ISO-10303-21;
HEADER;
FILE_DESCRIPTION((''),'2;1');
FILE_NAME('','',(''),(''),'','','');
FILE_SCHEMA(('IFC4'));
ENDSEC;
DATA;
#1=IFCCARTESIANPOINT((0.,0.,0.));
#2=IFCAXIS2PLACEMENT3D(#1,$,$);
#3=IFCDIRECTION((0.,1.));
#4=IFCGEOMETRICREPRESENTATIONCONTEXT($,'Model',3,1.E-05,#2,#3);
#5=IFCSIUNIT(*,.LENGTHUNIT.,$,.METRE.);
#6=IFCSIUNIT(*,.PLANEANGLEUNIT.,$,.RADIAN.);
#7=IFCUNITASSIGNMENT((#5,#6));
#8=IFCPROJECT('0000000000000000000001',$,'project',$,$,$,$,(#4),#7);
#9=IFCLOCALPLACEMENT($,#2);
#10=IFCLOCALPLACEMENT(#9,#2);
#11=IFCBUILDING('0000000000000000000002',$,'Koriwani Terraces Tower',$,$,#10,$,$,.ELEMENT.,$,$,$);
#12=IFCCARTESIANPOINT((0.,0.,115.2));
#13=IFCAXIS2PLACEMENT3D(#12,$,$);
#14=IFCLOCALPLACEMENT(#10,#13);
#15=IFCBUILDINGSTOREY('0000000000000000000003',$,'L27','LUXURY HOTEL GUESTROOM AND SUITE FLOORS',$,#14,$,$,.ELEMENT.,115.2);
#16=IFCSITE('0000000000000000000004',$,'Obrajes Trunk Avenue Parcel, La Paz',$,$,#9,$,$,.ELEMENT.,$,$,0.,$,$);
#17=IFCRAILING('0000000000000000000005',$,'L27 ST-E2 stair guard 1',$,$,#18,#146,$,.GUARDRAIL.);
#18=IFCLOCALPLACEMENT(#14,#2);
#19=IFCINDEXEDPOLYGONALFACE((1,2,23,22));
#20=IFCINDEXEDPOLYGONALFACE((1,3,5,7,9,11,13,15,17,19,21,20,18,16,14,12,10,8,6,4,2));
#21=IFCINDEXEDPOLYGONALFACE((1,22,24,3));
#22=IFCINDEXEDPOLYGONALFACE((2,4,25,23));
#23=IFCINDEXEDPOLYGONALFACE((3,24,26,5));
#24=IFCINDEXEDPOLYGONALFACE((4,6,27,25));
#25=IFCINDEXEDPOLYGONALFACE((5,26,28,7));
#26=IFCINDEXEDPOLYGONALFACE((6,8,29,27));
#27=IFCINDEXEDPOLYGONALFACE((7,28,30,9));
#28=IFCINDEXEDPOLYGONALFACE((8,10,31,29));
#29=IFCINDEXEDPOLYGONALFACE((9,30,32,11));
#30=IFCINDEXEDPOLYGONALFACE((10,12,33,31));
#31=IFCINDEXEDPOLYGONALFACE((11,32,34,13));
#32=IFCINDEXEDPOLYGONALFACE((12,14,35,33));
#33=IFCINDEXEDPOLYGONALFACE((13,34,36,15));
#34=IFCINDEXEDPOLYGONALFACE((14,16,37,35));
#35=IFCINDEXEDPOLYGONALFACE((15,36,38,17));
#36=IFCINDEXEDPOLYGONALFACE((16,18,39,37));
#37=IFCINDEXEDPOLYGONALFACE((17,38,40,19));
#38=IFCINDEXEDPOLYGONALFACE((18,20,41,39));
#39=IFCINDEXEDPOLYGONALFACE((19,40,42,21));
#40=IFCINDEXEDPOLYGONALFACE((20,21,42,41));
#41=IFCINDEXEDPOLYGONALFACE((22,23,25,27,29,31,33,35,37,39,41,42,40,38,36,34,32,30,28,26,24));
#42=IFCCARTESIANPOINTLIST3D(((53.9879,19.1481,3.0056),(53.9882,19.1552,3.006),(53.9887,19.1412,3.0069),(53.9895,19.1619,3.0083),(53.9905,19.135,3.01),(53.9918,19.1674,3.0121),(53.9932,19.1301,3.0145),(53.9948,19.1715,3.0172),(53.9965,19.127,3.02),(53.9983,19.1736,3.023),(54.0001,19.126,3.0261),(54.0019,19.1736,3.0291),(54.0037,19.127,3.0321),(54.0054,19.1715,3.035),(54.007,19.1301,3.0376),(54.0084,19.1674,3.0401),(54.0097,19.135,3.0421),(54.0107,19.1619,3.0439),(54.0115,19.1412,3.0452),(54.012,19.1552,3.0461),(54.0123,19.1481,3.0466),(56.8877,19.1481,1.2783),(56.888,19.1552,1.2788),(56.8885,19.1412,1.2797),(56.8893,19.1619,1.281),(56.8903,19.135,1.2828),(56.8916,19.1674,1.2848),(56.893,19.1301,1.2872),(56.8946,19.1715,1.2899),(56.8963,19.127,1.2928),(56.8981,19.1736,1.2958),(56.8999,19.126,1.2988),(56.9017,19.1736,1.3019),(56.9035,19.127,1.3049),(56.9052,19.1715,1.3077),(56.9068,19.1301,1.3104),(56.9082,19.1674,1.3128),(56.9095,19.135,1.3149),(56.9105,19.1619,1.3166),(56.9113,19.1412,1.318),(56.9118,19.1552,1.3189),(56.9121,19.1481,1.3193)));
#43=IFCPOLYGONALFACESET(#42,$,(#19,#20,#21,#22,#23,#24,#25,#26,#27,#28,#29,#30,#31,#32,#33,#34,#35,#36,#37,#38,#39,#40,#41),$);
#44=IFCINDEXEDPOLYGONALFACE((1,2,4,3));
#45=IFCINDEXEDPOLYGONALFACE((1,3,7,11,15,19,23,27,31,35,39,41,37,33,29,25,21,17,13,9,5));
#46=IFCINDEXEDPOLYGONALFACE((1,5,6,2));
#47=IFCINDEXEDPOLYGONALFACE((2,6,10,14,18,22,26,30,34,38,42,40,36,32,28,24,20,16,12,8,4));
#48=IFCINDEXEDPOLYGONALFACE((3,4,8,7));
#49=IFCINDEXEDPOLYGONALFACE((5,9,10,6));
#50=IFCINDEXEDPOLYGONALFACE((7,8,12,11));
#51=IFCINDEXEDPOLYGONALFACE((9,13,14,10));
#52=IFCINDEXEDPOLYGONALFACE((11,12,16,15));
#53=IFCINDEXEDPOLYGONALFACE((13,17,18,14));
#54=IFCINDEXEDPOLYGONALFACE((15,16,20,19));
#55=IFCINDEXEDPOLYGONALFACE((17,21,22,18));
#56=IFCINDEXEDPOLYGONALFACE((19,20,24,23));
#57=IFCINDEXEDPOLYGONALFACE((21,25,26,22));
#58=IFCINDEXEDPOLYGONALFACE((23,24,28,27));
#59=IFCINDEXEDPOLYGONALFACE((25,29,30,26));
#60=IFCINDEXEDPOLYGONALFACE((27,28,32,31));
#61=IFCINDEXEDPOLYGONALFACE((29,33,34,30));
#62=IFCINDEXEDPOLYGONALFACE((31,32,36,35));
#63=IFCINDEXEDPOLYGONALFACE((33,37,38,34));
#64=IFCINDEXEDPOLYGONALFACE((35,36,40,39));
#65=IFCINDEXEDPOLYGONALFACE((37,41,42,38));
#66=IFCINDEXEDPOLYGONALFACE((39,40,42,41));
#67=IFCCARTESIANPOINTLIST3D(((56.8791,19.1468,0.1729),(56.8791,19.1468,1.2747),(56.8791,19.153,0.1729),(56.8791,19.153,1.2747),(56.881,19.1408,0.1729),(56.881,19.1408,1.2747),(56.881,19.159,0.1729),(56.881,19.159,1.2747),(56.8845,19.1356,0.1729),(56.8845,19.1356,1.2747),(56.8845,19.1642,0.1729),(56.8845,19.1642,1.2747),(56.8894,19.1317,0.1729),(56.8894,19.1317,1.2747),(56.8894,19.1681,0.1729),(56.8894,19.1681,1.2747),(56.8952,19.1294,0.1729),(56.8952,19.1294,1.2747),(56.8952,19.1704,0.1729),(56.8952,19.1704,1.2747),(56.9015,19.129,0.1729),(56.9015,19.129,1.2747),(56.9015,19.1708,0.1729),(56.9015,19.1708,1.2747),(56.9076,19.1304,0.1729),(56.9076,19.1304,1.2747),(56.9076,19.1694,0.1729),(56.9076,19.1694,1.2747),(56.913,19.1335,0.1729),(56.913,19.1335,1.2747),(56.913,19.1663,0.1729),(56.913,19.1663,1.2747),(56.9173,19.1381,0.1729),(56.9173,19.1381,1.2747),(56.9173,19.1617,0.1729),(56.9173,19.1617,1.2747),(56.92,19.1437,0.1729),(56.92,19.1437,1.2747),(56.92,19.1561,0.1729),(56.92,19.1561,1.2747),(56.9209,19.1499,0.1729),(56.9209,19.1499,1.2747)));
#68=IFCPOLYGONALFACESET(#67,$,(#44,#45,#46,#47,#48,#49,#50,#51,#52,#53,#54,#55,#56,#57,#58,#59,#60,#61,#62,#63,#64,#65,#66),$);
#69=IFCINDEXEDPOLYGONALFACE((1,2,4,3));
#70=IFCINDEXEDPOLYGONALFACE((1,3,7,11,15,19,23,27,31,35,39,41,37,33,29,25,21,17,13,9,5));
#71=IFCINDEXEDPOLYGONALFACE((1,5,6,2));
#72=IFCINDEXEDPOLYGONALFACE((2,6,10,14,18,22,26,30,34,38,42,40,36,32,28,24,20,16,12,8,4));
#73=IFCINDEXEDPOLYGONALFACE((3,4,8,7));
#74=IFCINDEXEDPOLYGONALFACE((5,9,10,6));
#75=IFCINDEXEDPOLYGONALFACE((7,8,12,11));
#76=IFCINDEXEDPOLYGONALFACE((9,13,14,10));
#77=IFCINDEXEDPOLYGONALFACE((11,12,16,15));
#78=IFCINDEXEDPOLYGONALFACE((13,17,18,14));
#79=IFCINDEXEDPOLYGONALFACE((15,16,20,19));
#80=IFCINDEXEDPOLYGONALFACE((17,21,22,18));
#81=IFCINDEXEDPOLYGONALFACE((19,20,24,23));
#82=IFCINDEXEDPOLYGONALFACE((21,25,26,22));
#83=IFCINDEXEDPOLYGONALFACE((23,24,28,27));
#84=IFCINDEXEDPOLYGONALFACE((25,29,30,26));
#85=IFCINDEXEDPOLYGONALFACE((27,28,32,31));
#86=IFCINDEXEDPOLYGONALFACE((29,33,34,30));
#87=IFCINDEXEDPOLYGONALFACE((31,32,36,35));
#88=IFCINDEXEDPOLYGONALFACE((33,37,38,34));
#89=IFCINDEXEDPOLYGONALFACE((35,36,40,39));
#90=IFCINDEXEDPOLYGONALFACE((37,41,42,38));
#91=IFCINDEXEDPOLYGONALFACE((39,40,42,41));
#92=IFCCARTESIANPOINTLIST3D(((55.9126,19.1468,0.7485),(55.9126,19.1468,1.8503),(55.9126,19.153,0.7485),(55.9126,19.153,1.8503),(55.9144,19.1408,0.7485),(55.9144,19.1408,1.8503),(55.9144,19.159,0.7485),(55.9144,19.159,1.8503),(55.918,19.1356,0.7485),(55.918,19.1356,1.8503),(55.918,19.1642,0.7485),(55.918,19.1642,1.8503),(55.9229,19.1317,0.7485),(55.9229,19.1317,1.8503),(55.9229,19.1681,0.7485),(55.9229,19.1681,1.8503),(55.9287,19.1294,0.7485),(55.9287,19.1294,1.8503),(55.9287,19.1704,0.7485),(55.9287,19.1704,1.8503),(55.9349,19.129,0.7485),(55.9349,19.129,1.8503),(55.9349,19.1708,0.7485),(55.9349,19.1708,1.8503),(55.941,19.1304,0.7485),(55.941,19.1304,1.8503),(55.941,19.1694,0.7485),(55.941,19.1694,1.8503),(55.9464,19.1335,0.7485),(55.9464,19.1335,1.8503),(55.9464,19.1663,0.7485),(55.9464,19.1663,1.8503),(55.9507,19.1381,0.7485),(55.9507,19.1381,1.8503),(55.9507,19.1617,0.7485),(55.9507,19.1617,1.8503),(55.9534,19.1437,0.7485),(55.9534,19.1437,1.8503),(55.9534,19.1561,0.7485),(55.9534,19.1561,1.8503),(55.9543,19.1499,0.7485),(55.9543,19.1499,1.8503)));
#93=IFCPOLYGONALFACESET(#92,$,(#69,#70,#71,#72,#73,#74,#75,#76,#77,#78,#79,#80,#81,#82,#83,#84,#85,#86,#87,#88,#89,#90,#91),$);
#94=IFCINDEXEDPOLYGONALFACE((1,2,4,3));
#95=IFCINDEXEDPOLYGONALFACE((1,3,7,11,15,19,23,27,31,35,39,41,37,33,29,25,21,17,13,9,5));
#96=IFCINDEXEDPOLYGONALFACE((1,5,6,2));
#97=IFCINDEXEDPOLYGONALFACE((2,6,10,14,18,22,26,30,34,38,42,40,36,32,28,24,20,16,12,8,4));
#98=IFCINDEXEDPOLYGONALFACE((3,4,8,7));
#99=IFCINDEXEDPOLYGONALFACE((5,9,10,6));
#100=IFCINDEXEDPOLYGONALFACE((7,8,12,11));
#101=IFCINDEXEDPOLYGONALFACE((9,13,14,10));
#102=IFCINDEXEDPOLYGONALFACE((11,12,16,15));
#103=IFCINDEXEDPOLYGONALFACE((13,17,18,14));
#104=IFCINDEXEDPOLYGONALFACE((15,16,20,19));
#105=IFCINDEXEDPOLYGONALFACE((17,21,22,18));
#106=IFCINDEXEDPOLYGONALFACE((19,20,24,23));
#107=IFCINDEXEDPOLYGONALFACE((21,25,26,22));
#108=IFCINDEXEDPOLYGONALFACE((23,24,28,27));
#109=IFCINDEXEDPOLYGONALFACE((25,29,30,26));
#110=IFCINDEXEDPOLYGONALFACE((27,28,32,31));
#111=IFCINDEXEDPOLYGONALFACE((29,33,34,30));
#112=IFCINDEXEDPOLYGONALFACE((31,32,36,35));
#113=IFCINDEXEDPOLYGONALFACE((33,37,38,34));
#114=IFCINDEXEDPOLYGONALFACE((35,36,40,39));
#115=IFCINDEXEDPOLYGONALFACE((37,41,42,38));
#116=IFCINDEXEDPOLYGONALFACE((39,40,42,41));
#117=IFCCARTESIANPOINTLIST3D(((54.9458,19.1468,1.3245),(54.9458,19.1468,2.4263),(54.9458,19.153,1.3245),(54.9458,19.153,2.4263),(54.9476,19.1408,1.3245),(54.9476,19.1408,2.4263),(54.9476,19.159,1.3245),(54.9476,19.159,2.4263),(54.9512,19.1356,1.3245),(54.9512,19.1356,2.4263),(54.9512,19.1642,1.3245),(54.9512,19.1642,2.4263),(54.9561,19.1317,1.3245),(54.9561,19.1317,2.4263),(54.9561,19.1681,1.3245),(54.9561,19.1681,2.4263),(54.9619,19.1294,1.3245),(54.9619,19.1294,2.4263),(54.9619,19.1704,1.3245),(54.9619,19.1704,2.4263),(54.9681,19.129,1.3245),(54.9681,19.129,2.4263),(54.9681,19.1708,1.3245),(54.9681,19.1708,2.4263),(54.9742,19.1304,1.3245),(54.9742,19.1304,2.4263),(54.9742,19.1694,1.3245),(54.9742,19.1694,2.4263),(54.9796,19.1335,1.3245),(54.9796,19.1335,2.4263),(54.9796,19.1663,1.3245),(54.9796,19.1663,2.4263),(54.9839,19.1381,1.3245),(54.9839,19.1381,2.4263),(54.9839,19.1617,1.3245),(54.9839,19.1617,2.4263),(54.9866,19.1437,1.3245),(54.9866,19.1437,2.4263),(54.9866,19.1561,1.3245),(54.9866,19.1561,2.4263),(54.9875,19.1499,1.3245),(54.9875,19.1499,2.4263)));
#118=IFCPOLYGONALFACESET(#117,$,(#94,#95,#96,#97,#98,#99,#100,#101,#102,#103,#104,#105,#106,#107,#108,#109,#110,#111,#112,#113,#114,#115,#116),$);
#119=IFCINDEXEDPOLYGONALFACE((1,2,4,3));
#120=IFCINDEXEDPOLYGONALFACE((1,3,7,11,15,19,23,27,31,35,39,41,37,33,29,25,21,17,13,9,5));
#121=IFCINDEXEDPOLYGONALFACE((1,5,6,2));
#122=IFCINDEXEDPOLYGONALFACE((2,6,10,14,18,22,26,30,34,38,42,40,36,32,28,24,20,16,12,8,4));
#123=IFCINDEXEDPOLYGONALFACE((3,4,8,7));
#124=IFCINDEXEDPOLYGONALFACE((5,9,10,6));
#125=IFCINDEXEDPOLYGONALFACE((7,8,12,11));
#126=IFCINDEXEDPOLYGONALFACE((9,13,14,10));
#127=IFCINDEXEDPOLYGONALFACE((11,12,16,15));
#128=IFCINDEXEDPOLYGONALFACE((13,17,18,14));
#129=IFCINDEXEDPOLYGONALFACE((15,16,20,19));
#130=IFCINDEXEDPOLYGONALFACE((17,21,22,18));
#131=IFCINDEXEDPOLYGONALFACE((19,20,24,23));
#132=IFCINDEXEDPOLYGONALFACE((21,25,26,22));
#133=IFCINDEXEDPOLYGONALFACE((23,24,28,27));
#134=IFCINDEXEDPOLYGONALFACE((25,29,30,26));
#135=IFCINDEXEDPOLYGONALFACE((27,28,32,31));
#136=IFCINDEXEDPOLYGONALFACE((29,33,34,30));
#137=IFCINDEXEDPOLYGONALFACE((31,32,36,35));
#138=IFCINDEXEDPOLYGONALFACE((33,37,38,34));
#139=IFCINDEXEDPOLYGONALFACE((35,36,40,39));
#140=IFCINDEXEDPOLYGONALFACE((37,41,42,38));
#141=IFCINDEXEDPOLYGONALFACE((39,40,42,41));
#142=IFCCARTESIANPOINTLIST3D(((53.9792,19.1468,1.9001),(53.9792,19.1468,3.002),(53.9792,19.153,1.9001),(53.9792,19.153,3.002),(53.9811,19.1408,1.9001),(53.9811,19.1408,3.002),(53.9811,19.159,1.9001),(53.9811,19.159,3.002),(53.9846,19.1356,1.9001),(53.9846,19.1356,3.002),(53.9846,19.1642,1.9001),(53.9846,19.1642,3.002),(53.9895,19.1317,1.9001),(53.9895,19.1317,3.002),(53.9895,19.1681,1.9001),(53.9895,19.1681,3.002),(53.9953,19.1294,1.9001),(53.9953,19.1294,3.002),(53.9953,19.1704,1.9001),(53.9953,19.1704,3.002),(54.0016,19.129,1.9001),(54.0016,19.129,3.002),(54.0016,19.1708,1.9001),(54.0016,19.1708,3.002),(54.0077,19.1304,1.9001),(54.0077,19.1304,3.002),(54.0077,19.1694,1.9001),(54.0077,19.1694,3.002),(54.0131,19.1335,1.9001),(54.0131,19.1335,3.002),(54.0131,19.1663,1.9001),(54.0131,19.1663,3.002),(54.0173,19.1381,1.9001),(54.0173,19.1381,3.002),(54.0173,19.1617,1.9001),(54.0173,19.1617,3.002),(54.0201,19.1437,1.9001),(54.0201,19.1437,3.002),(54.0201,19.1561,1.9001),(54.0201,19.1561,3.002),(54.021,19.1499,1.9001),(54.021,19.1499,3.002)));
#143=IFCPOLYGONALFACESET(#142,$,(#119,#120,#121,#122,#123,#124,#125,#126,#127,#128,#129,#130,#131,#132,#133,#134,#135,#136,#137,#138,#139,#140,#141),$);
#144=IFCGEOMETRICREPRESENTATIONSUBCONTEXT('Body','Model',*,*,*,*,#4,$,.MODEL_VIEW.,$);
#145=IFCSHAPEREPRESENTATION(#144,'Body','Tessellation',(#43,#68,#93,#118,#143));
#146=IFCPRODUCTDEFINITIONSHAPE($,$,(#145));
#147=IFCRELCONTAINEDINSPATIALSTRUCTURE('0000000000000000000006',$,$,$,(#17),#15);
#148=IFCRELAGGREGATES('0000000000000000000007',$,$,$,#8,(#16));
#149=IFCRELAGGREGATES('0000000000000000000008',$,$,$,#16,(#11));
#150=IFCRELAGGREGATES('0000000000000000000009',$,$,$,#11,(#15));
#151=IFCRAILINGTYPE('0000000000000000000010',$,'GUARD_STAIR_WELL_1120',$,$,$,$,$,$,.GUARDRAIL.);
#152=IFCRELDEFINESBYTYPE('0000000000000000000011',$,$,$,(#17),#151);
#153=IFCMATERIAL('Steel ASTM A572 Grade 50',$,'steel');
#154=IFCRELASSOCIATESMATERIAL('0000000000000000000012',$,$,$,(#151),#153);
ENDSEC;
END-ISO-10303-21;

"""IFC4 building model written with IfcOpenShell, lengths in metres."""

from ifc_helpers import new_model, si_unit, direction, frame, origin, origin_2d, place, context, subcontext, project, spatial, circle, extrude, material, type_object, element, save


model = new_model("IFC4")

# Units and contexts
model_context = context("Model", 3, precision=1e-05, world=origin(), true_north=direction((0.0, 1.0)))
body_context = subcontext(model_context, "Body", "Model", "MODEL_VIEW")
ifc_project = project(units=[si_unit("LENGTHUNIT", "METRE"), si_unit("PLANEANGLEUNIT", "RADIAN")], contexts=[model_context])

# Site, building, storey
site_placement = place(None, origin())
site = spatial("IfcSite", under=ifc_project, at=site_placement, Name="Obrajes Trunk Avenue Parcel, La Paz", CompositionType="ELEMENT", RefElevation=0.0)
building_placement = place(site_placement, origin())
building = spatial("IfcBuilding", under=site, at=building_placement, Name="Koriwani Terraces Tower", CompositionType="ELEMENT")
storey_placement = place(building_placement, frame((0.0, 0.0, 115.2)))
storey = spatial("IfcBuildingStorey", under=building, at=storey_placement, Name="L27", Description="LUXURY HOTEL GUESTROOM AND SUITE FLOORS", CompositionType="ELEMENT", Elevation=115.2)

# Shared definitions
ifc_material_1 = material(Name="Steel ASTM A572 Grade 50", Category="steel")

# Railing
railing_type_1 = type_object("IfcRailingType", Name="GUARD_STAIR_WELL_1120", PredefinedType="GUARDRAIL", material=ifc_material_1)
railing_1_placement = place(storey_placement, frame((56.8999, 19.1499, 0.1729)))
element("IfcRailing", 1, at=railing_1_placement, inside=storey, type_object=railing_type_1, Name="L27 ST-E2 stair guard 1", PredefinedType="GUARDRAIL", context=body_context, shape_type="SweptSolid", body=[
    extrude(circle(Radius=0.0239, at=origin_2d()), frame((0.0, 0.0, 1.126), z_axis=(-0.859141, 0.0, 0.511738), x_axis=(0.0, -1.0, 0.0)), (0.0, 0.0, 1.0), 3.3752),
    extrude(circle(Radius=0.021, at=origin_2d()), origin(), (0.0, 0.0, 1.0), 1.1018),
    extrude(circle(Radius=0.021, at=origin_2d()), frame((-0.9666, 0.0, 0.5757)), (0.0, 0.0, 1.0), 1.1018),
    extrude(circle(Radius=0.021, at=origin_2d()), frame((-1.9333, 0.0, 1.1516)), (0.0, 0.0, 1.0), 1.1018),
    extrude(circle(Radius=0.021, at=origin_2d()), frame((-2.8999, 0.0, 1.7273)), (0.0, 0.0, 1.0), 1.1018),
])

save(model, "model.ifc")
